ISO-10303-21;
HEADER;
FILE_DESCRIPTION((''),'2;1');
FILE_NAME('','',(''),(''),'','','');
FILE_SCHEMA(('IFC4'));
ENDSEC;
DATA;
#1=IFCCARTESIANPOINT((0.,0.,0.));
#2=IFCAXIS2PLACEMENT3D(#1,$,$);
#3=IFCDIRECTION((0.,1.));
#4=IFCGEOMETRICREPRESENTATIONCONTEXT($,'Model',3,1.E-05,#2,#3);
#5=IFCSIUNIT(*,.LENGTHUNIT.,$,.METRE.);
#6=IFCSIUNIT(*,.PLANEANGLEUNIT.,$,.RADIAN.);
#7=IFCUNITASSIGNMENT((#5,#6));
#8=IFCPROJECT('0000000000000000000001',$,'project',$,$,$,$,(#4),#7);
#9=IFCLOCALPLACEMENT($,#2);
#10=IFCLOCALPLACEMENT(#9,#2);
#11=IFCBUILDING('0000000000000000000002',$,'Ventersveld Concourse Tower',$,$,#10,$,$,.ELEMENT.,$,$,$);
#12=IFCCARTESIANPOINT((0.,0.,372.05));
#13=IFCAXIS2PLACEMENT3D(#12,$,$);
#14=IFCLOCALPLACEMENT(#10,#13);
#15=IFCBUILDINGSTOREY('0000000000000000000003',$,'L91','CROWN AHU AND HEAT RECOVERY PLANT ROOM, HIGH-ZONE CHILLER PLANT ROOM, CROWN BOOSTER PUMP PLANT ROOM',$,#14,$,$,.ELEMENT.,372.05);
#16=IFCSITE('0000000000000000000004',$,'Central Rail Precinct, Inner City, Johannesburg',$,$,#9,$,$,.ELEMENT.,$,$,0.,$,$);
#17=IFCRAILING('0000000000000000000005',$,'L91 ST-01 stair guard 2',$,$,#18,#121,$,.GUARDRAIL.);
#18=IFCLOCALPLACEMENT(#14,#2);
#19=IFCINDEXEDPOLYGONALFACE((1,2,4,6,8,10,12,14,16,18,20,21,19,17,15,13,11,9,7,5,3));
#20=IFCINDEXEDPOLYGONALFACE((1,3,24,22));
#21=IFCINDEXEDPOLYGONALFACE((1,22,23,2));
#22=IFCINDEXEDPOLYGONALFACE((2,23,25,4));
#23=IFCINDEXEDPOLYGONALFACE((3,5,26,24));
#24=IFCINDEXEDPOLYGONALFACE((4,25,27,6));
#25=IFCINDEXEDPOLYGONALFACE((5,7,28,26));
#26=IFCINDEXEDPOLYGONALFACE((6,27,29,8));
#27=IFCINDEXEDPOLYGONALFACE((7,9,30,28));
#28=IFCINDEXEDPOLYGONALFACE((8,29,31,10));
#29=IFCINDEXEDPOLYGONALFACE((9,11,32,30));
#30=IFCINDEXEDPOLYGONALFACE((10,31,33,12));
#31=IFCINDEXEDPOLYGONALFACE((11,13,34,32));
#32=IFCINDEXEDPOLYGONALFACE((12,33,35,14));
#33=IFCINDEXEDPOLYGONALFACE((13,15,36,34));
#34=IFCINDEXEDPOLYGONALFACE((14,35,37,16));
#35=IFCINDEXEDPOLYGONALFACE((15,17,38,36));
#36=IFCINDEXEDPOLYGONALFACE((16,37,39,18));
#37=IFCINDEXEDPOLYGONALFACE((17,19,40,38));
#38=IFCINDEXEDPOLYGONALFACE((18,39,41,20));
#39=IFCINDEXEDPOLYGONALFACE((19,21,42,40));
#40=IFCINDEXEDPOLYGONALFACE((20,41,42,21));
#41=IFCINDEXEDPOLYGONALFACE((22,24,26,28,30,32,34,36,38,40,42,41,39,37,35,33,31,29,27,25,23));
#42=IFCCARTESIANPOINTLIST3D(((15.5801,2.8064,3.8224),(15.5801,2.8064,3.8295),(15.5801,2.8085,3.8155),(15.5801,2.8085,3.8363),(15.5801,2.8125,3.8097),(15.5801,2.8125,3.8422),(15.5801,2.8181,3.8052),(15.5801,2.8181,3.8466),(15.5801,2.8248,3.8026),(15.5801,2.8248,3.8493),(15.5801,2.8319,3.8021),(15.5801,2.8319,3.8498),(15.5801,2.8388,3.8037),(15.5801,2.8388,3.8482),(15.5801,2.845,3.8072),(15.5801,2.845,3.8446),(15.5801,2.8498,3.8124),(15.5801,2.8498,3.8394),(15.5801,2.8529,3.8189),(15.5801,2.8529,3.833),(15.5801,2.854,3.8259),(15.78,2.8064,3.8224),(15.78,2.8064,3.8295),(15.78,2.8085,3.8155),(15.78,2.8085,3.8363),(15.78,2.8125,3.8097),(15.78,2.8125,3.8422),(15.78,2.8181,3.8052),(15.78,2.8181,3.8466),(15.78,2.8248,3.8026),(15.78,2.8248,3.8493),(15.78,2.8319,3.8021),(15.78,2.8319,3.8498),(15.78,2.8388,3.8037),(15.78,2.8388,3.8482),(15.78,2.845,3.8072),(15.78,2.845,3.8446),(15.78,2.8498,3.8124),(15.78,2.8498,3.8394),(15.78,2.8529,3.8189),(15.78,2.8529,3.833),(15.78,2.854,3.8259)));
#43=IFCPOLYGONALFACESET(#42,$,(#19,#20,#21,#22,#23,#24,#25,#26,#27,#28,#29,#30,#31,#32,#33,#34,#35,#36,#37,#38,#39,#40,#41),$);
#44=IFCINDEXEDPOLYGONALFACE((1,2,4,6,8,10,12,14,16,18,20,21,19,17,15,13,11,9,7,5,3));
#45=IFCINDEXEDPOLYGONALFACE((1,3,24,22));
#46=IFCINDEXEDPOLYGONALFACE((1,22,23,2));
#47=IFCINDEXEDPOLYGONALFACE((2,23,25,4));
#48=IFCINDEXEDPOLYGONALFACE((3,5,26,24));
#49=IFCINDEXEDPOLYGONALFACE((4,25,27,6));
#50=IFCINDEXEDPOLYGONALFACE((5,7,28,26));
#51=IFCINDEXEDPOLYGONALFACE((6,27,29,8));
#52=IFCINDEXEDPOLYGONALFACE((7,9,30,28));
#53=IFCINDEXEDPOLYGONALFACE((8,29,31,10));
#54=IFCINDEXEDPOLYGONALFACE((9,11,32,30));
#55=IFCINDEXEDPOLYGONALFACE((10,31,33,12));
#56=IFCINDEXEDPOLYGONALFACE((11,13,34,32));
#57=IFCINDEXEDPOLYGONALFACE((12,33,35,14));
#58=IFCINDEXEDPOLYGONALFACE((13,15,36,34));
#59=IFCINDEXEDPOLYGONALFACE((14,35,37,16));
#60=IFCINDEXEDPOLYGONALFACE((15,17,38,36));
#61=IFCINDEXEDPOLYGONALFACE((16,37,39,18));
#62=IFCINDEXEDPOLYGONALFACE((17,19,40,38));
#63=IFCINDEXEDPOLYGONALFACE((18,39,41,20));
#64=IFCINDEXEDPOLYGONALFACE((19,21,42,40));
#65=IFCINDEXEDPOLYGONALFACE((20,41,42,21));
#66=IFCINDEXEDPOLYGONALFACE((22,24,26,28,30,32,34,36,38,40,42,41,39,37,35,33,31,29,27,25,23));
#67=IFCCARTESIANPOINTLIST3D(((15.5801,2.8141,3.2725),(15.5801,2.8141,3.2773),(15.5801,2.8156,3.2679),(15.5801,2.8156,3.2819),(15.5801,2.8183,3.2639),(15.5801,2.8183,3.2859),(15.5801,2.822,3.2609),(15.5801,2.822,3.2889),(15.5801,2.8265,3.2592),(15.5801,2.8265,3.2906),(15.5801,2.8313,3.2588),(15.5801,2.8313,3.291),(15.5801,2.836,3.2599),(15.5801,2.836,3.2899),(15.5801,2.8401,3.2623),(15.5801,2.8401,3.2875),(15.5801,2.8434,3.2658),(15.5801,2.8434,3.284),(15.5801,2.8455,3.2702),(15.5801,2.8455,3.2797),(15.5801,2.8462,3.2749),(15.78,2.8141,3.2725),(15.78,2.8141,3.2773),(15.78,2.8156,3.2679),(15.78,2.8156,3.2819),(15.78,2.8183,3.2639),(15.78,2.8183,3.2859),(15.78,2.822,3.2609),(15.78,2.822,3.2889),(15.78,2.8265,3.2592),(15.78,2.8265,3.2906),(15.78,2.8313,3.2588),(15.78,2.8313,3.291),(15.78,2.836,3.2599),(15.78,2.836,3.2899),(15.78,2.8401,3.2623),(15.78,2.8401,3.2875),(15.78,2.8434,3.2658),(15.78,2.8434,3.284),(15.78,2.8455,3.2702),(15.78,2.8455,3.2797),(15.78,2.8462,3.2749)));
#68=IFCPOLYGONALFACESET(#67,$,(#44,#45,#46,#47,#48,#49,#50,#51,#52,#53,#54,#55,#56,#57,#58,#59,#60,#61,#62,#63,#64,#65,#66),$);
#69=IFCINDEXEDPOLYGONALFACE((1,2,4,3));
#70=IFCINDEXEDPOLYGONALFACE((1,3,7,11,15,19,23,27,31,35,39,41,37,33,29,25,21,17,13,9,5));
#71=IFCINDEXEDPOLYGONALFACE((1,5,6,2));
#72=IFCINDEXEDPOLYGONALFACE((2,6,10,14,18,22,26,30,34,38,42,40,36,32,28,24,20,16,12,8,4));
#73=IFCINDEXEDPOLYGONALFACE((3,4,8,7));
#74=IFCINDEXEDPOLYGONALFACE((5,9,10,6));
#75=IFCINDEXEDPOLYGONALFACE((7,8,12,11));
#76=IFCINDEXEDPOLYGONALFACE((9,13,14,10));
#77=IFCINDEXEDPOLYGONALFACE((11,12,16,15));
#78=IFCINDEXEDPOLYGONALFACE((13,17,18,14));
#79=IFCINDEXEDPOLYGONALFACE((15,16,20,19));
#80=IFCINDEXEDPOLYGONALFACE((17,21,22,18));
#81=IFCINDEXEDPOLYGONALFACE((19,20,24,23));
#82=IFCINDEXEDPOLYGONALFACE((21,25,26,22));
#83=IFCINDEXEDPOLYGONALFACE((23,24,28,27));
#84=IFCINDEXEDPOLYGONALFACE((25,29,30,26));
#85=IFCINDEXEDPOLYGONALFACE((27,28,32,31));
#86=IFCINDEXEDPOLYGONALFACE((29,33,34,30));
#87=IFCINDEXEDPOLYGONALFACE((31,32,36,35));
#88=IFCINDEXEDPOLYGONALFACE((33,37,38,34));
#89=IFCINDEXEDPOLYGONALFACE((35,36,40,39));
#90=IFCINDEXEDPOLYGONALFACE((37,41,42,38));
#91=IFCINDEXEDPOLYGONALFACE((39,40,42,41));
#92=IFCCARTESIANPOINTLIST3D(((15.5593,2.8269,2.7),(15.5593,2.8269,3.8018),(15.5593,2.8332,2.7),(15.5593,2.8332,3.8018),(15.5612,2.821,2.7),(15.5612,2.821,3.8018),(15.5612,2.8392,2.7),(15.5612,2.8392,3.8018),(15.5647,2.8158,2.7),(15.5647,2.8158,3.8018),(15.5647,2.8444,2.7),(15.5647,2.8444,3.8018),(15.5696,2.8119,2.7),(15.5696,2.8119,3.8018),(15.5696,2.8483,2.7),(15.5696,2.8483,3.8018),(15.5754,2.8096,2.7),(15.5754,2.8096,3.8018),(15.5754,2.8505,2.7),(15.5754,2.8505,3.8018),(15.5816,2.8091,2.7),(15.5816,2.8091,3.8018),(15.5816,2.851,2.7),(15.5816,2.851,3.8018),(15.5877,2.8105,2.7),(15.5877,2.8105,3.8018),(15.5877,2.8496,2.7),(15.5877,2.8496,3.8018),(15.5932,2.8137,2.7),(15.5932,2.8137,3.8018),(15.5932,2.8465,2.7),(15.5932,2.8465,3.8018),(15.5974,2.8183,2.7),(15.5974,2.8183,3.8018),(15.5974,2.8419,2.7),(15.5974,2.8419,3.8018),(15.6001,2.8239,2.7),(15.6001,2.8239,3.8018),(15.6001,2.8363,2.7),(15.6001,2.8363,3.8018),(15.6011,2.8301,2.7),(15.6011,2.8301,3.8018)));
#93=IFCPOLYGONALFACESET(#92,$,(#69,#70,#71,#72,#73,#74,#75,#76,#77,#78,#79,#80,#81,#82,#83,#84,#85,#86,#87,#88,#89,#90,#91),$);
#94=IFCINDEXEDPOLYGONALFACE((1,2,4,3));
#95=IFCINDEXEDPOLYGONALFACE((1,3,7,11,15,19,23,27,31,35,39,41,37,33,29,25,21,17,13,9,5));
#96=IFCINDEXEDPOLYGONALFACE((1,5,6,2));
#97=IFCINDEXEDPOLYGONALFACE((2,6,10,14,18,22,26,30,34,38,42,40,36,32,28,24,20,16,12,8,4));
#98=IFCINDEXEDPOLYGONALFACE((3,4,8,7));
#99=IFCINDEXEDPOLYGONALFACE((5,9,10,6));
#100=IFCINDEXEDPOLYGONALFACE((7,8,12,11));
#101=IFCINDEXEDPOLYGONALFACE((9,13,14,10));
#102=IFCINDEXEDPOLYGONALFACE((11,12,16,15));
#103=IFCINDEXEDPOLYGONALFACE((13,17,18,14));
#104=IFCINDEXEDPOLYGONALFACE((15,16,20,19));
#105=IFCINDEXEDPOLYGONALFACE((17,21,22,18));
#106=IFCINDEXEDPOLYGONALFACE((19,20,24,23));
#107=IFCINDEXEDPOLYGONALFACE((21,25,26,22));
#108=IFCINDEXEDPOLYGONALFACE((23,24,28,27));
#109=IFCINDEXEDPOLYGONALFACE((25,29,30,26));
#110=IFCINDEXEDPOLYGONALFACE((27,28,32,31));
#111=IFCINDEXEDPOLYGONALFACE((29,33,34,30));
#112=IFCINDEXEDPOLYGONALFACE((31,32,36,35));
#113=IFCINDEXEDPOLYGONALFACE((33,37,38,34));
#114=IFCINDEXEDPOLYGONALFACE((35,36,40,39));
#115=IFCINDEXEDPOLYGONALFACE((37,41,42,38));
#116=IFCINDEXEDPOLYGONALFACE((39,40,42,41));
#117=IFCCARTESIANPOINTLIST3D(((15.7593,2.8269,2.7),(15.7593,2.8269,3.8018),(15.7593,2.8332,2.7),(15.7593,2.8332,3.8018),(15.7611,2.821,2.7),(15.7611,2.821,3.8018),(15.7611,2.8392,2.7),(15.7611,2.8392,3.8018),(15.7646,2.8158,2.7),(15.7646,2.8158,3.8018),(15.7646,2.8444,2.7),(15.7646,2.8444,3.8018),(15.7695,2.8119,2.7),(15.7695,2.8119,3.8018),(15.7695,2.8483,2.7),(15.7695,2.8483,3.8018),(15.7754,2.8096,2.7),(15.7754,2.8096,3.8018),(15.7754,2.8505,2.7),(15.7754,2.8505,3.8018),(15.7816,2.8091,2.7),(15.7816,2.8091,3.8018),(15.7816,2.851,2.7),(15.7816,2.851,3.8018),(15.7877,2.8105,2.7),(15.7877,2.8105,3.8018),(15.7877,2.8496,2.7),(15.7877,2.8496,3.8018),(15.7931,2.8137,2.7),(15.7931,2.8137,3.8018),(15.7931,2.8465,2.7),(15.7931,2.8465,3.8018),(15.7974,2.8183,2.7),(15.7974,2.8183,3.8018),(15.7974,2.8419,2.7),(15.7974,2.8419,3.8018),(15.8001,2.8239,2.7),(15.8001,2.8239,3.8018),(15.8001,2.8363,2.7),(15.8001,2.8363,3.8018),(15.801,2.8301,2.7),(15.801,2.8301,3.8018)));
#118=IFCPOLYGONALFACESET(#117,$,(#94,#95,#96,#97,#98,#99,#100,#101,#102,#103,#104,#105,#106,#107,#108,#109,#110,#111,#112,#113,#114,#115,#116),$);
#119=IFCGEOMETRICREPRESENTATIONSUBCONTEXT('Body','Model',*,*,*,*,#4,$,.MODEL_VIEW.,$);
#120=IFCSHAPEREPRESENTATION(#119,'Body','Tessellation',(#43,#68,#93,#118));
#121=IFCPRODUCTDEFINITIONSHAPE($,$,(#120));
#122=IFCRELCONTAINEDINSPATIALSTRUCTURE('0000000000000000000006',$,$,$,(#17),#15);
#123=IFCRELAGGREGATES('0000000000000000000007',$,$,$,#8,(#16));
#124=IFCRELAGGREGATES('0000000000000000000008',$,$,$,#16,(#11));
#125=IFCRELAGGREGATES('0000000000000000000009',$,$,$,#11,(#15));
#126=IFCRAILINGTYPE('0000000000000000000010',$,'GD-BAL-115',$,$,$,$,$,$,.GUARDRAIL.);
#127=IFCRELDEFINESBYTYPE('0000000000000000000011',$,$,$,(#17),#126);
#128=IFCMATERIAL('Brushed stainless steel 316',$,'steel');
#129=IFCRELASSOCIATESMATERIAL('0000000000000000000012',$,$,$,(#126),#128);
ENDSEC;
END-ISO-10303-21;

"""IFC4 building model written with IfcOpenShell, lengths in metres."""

from ifc_helpers import new_model, si_unit, direction, frame, origin, origin_2d, place, context, subcontext, project, spatial, circle, extrude, material, type_object, element, save


model = new_model("IFC4")

# Units and contexts
model_context = context("Model", 3, precision=1e-05, world=origin(), true_north=direction((0.0, 1.0)))
body_context = subcontext(model_context, "Body", "Model", "MODEL_VIEW")
ifc_project = project(units=[si_unit("LENGTHUNIT", "METRE"), si_unit("PLANEANGLEUNIT", "RADIAN")], contexts=[model_context])

# Site, building, storey
site_placement = place(None, origin())
site = spatial("IfcSite", under=ifc_project, at=site_placement, Name="Central Rail Precinct, Inner City, Johannesburg", CompositionType="ELEMENT", RefElevation=0.0)
building_placement = place(site_placement, origin())
building = spatial("IfcBuilding", under=site, at=building_placement, Name="Ventersveld Concourse Tower", CompositionType="ELEMENT")
storey_placement = place(building_placement, frame((0.0, 0.0, 372.05)))
storey = spatial("IfcBuildingStorey", under=building, at=storey_placement, Name="L91", Description="CROWN AHU AND HEAT RECOVERY PLANT ROOM, HIGH-ZONE CHILLER PLANT ROOM, CROWN BOOSTER PUMP PLANT ROOM", CompositionType="ELEMENT", Elevation=372.05)

# Railing
ifc_material_1 = material(Name="Brushed stainless steel 316", Category="steel")
railing_type_1 = type_object("IfcRailingType", Name="GD-BAL-115", PredefinedType="GUARDRAIL", material=ifc_material_1)
railing_1_placement = place(storey_placement, frame((15.5801, 2.8301, 2.7)))
element("IfcRailing", 1, at=railing_1_placement, inside=storey, type_object=railing_type_1, Name="L91 ST-01 stair guard 2", PredefinedType="GUARDRAIL", context=body_context, shape_type="SweptSolid", body=[
    extrude(circle(Radius=0.0239, at=origin_2d()), frame((0.0, 0.0, 1.126), z_axis=(1.0, 0.0, 0.0), x_axis=(0.0, 1.0, 0.0)), (0.0, 0.0, 1.0), 0.2),
    extrude(circle(Radius=0.0161, at=origin_2d()), frame((0.0, 0.0, 0.575), z_axis=(1.0, 0.0, 0.0), x_axis=(0.0, 1.0, 0.0)), (0.0, 0.0, 1.0), 0.2),
    extrude(circle(Radius=0.021, at=origin_2d()), origin(), (0.0, 0.0, 1.0), 1.1018),
    extrude(circle(Radius=0.021, at=origin_2d()), frame((0.2, 0.0, 0.0)), (0.0, 0.0, 1.0), 1.1018),
])

save(model, "model.ifc")
